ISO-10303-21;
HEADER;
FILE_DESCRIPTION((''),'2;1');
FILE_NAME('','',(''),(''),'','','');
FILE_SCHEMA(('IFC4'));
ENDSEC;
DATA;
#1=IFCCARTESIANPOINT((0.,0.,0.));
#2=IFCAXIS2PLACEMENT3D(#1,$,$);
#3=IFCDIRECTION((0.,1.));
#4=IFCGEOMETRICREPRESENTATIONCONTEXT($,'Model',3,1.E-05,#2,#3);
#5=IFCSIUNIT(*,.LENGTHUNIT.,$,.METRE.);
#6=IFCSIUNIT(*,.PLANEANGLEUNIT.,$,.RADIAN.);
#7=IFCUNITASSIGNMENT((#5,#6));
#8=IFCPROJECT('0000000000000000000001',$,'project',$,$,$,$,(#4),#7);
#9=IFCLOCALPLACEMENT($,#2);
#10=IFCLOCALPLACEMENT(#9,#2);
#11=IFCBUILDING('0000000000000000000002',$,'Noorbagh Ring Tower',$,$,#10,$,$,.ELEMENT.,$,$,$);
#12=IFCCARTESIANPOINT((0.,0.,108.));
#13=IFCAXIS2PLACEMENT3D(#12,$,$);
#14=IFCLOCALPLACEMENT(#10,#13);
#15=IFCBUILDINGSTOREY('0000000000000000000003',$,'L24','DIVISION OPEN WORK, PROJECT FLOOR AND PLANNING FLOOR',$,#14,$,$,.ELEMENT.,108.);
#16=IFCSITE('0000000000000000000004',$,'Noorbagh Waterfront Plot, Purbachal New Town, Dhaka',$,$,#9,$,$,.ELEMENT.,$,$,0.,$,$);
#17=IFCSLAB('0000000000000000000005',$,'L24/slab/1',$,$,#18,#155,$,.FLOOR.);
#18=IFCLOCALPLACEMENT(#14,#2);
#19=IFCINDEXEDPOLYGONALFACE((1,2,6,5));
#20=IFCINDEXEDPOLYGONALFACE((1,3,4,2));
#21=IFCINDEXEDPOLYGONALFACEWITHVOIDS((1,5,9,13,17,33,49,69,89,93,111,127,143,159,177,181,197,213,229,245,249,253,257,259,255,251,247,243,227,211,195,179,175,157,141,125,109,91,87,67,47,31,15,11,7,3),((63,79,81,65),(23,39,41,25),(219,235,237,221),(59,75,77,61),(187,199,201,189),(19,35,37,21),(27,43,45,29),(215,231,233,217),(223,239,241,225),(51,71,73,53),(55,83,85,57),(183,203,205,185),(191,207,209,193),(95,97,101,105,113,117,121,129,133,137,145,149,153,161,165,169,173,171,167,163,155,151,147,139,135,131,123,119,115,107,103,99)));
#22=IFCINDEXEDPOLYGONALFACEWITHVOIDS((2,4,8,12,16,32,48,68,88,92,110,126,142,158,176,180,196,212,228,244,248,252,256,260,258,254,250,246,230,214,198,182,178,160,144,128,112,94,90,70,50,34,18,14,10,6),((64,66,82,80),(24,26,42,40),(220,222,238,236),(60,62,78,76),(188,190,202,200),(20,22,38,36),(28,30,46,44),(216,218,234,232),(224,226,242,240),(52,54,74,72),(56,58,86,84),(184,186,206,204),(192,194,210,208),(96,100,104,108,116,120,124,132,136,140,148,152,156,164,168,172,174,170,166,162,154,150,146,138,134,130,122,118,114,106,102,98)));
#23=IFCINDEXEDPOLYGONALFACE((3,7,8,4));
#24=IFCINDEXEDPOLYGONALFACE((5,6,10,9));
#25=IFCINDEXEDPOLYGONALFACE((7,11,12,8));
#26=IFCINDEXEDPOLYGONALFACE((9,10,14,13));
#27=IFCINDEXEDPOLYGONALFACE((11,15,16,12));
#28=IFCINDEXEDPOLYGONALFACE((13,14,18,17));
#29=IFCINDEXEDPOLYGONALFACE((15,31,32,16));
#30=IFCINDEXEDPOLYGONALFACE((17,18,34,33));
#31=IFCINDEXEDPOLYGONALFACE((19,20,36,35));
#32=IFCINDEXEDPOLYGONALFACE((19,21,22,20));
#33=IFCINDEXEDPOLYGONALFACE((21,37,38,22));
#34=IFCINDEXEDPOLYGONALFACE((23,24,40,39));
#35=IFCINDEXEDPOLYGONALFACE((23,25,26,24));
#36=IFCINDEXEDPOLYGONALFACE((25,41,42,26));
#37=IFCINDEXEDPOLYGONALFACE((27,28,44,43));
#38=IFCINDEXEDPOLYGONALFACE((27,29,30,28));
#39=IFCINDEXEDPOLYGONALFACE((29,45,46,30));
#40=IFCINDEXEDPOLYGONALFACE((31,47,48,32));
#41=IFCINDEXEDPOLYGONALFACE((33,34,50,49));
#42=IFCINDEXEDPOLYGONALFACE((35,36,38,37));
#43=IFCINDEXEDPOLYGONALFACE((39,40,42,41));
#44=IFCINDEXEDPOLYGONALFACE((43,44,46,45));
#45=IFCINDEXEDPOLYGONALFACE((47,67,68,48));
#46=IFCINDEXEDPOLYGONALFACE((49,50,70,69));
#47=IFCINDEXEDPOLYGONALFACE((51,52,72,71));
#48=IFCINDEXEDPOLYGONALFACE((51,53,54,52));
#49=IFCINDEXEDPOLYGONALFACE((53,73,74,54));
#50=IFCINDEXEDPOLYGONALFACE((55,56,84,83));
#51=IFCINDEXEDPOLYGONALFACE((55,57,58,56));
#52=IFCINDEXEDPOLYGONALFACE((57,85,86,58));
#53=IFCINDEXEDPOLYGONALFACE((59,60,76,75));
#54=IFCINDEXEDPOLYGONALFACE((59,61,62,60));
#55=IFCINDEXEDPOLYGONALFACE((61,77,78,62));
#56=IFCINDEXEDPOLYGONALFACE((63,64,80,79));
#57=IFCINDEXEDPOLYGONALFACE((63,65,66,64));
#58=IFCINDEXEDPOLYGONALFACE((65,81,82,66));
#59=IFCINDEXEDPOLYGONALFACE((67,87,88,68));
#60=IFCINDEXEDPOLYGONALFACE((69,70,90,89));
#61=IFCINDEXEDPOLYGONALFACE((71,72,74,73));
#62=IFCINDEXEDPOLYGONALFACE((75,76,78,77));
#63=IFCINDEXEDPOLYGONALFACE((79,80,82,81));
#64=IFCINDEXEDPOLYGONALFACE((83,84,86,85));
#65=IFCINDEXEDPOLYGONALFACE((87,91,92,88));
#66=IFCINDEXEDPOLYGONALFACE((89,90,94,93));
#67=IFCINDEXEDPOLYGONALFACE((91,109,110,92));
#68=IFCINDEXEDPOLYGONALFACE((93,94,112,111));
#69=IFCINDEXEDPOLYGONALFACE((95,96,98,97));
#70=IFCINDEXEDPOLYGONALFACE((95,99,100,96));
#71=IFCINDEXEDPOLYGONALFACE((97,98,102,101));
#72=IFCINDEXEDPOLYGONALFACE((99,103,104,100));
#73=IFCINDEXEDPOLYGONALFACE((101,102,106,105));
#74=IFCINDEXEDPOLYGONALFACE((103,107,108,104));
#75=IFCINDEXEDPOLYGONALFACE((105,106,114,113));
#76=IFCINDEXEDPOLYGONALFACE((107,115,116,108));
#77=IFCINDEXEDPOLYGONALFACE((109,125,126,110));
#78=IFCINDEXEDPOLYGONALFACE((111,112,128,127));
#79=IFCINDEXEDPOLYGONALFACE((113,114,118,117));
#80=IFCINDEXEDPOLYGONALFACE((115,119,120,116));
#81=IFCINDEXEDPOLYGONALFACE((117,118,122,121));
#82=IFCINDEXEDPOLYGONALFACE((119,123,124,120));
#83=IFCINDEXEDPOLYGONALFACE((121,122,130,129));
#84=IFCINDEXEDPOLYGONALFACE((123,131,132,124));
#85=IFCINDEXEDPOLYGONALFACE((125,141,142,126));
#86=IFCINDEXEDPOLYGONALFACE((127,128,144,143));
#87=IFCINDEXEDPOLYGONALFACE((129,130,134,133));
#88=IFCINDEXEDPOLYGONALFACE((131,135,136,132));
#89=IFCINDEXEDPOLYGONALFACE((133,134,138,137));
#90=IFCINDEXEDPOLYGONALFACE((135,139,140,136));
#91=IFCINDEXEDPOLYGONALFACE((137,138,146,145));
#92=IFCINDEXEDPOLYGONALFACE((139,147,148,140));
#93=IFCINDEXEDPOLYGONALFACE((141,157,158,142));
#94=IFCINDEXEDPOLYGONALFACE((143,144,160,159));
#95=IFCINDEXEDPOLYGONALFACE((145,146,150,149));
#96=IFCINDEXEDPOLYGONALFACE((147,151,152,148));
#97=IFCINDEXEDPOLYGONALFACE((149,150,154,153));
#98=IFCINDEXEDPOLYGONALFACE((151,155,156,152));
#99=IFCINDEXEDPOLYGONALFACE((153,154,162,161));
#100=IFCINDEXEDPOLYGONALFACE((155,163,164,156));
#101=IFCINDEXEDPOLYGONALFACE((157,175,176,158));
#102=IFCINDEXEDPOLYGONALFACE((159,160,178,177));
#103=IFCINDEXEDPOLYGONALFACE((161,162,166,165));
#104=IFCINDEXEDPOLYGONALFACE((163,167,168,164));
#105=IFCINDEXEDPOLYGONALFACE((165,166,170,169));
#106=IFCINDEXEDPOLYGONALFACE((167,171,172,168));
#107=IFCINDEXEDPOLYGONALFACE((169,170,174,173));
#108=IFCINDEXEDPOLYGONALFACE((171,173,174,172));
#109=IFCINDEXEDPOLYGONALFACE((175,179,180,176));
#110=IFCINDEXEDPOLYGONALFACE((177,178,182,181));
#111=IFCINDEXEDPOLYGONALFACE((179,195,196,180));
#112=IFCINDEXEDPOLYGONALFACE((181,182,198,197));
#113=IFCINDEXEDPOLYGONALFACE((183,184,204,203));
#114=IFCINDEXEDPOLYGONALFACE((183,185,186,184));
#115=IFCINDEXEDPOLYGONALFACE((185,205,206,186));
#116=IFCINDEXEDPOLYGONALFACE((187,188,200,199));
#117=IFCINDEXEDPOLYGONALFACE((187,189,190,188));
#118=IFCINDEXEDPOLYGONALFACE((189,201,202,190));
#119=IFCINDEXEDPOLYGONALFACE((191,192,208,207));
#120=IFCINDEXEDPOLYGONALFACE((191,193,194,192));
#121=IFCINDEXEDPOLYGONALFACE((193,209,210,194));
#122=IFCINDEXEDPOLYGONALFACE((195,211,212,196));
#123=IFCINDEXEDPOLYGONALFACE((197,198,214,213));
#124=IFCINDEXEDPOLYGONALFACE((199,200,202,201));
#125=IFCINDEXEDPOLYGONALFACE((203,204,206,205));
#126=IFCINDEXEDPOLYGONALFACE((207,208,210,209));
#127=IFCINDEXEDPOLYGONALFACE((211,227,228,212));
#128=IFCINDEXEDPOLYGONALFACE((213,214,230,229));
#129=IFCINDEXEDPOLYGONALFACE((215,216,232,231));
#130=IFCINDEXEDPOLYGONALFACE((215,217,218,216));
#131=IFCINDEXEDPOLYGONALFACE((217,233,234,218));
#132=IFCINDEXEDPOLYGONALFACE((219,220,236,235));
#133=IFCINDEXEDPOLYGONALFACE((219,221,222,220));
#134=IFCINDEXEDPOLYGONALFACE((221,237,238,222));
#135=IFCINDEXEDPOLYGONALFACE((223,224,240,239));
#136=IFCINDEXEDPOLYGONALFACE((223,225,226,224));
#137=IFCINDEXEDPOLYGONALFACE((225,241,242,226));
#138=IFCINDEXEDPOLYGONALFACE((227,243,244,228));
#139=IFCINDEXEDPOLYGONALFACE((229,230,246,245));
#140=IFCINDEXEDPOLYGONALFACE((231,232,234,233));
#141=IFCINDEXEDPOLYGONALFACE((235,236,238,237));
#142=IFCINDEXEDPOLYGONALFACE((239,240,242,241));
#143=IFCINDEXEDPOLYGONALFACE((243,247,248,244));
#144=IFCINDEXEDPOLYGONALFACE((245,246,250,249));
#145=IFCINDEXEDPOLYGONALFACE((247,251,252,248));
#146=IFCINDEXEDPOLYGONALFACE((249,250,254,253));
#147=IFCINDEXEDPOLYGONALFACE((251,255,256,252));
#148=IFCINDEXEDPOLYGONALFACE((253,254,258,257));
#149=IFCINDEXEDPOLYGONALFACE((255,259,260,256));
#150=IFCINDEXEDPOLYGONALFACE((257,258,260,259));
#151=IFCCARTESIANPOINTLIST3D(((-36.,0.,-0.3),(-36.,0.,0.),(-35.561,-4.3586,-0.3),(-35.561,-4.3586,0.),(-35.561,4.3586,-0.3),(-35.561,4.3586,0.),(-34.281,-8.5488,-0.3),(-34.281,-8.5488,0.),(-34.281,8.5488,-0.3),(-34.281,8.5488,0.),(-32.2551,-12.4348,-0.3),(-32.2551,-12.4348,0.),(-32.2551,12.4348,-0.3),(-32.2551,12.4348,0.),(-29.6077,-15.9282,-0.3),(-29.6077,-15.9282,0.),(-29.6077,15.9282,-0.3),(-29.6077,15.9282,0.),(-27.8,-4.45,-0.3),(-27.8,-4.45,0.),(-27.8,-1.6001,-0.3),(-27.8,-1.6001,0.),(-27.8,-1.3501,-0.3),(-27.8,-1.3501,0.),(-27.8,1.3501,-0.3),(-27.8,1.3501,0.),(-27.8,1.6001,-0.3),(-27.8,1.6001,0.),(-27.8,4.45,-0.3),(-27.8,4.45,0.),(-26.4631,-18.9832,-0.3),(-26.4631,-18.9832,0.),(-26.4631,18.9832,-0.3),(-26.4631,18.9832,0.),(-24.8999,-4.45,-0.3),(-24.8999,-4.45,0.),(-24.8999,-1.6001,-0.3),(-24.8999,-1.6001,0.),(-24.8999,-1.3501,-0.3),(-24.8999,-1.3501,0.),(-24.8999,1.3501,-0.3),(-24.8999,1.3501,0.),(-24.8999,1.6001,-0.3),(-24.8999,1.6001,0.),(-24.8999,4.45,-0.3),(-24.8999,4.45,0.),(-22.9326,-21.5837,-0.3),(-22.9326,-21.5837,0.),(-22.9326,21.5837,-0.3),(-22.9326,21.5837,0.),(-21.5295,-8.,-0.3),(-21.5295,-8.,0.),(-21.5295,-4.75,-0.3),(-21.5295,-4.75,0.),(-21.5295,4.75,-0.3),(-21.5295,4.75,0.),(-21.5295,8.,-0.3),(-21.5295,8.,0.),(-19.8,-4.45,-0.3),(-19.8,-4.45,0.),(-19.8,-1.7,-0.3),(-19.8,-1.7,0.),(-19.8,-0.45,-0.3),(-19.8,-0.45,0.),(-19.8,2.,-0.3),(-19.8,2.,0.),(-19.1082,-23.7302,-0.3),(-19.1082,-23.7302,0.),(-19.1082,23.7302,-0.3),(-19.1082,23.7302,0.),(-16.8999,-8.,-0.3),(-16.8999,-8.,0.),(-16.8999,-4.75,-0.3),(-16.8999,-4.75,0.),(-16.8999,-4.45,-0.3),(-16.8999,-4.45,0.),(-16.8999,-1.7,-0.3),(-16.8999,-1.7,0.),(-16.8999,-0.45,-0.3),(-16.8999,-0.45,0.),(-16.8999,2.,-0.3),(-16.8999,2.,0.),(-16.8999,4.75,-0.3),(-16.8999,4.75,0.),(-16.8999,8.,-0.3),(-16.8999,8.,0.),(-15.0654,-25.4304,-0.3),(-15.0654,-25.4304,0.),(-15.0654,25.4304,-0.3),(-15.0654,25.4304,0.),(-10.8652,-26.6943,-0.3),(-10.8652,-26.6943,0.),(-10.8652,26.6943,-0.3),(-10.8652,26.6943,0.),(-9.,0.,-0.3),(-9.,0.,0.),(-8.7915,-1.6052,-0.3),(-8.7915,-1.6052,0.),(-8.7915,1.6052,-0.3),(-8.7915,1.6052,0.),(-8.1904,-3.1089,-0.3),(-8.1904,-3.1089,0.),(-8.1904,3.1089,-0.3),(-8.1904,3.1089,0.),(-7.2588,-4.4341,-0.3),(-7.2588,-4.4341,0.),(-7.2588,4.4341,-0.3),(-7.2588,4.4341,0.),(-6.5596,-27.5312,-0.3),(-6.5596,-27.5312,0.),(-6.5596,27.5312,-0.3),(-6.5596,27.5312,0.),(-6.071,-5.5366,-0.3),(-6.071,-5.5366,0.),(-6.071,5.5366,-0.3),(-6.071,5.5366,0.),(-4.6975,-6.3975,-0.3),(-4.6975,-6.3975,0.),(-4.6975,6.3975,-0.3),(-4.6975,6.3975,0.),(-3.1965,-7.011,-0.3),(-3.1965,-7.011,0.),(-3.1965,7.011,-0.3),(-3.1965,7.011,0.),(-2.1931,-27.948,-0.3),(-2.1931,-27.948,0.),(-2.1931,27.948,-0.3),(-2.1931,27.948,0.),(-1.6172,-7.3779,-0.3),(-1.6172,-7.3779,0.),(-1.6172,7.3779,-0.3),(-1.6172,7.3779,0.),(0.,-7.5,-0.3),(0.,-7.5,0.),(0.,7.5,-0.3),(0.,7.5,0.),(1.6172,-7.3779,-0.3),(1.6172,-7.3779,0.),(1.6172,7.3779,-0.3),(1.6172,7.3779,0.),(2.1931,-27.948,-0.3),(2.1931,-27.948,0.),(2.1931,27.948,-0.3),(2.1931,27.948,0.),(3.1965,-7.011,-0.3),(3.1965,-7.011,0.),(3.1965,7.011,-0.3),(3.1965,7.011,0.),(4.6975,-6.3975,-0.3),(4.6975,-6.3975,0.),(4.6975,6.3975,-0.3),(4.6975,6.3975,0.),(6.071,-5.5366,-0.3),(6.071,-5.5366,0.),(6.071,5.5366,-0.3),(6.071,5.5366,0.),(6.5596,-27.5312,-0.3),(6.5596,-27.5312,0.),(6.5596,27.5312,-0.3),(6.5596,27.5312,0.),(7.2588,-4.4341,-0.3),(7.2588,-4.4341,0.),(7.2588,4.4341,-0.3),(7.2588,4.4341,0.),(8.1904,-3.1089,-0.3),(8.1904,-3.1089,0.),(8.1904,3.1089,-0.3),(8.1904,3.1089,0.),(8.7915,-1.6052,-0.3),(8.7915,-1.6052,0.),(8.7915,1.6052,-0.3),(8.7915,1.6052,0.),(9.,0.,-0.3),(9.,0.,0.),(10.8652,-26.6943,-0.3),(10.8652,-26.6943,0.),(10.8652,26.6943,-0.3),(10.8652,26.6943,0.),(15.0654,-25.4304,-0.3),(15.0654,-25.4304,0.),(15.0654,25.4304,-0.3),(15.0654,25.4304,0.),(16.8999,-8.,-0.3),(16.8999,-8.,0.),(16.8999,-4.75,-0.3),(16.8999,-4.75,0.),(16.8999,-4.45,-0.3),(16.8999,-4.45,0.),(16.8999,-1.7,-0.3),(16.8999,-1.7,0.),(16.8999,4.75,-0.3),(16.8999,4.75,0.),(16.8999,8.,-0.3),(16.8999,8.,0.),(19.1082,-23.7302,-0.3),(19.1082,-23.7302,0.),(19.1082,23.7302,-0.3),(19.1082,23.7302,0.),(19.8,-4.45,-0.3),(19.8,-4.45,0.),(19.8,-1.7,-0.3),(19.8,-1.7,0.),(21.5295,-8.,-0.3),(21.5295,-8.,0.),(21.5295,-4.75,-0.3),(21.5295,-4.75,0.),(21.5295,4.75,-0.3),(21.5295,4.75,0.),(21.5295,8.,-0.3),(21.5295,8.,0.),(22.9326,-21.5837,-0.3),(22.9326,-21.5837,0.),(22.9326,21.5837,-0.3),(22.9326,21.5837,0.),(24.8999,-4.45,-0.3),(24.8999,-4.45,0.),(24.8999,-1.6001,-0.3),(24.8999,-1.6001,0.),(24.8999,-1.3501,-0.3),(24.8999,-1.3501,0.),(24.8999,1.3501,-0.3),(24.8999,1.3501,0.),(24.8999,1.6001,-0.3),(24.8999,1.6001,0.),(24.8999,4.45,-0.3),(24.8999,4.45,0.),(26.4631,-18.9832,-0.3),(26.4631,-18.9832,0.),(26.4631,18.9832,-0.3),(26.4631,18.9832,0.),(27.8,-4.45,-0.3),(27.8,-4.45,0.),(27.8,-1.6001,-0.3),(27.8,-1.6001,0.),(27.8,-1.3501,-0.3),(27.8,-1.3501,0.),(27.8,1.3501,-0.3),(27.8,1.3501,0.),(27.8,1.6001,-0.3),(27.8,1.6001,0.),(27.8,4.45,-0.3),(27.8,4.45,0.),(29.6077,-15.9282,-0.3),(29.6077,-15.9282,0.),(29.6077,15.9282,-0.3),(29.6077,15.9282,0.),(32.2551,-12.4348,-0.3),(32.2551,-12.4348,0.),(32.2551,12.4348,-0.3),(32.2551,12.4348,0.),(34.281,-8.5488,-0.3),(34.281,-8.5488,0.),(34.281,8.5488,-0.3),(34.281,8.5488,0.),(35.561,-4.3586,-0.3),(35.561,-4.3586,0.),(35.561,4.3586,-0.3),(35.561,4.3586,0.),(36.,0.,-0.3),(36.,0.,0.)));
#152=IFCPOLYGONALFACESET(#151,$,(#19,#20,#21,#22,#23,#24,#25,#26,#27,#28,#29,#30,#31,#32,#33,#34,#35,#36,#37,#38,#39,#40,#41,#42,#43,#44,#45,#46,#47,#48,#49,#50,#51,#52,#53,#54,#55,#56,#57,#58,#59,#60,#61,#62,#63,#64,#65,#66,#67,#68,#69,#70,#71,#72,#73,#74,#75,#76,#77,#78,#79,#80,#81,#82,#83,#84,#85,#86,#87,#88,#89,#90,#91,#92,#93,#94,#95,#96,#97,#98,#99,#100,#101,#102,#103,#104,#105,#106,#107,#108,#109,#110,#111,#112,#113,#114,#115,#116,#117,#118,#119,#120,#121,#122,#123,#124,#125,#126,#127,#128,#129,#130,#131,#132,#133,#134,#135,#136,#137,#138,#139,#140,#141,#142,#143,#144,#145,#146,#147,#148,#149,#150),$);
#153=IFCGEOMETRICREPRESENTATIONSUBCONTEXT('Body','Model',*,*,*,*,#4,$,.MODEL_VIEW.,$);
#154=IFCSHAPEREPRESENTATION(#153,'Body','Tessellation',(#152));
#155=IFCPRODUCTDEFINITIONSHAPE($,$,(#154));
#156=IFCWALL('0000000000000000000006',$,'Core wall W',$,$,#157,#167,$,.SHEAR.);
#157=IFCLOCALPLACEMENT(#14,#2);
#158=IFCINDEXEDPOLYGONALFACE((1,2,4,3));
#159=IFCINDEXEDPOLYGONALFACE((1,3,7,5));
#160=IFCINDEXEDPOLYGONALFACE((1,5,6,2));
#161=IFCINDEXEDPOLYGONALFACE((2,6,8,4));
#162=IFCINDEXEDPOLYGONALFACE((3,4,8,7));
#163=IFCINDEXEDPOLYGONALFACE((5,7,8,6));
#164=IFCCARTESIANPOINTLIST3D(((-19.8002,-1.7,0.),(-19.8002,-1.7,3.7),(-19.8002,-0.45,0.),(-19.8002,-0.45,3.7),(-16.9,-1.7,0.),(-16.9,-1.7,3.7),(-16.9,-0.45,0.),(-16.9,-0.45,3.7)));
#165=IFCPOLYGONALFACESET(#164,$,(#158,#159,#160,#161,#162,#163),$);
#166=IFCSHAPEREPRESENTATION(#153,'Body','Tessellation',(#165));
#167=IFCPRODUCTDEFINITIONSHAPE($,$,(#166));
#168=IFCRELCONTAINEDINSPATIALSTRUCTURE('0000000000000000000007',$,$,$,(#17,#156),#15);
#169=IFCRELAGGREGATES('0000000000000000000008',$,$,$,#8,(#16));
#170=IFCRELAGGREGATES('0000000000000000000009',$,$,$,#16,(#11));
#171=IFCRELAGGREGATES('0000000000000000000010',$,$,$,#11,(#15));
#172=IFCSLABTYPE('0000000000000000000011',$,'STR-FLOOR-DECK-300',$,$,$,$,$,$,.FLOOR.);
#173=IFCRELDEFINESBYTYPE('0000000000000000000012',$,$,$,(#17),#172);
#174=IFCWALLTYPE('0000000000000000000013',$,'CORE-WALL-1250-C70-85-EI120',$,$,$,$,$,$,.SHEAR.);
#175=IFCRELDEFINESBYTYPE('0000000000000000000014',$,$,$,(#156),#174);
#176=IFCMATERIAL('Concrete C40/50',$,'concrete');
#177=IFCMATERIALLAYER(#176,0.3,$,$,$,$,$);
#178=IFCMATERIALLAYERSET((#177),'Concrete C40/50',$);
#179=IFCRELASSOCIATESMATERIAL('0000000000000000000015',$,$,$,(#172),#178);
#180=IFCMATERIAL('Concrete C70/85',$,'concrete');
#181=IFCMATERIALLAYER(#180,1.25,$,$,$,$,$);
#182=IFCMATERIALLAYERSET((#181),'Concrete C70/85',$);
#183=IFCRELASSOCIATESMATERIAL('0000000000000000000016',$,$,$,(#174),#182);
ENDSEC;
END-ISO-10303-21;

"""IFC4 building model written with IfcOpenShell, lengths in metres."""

from ifc_helpers import new_model, si_unit, direction, frame, frame_2d, origin, place, context, subcontext, project, spatial, polyline, rectangle, outline, extrude, material, layer, layer_set, type_object, element, save


model = new_model("IFC4")

# Units and contexts
model_context = context("Model", 3, precision=1e-05, world=origin(), true_north=direction((0.0, 1.0)))
body_context = subcontext(model_context, "Body", "Model", "MODEL_VIEW")
ifc_project = project(units=[si_unit("LENGTHUNIT", "METRE"), si_unit("PLANEANGLEUNIT", "RADIAN")], contexts=[model_context])

# Site, building, storey
site_placement = place(None, origin())
site = spatial("IfcSite", under=ifc_project, at=site_placement, Name="Noorbagh Waterfront Plot, Purbachal New Town, Dhaka", CompositionType="ELEMENT", RefElevation=0.0)
building_placement = place(site_placement, origin())
building = spatial("IfcBuilding", under=site, at=building_placement, Name="Noorbagh Ring Tower", CompositionType="ELEMENT")
storey_placement = place(building_placement, frame((0.0, 0.0, 108.0)))
storey = spatial("IfcBuildingStorey", under=building, at=storey_placement, Name="L24", Description="DIVISION OPEN WORK, PROJECT FLOOR AND PLANNING FLOOR", CompositionType="ELEMENT", Elevation=108.0)

# Slab
ifc_material_1 = material(Name="Concrete C40/50", Category="concrete")
ifc_layer_1 = layer(ifc_material_1, 0.3)
ifc_layer_set_1 = layer_set([ifc_layer_1], Name="Concrete C40/50")
slab_type_1 = type_object("IfcSlabType", Name="STR-FLOOR-DECK-300", PredefinedType="FLOOR", material=ifc_layer_set_1)
slab_1_placement = place(storey_placement, frame((0.0, 0.0, -0.3)))
element("IfcSlab", 1, at=slab_1_placement, inside=storey, type_object=slab_type_1, Name="L24/slab/1", PredefinedType="FLOOR", context=body_context, shape_type="SweptSolid", body=[
    extrude(outline(polyline([(36.0, 0.0), (35.561, 4.3586), (34.281, 8.5488), (32.2551, 12.4348), (29.6077, 15.9282), (26.4631, 18.9832), (22.9326, 21.5837), (19.1082, 23.7302), (15.0654, 25.4304), (10.8652, 26.6943), (6.5596, 27.5312), (2.1931, 27.948), (-2.1931, 27.948), (-6.5596, 27.5312), (-10.8652, 26.6943), (-15.0654, 25.4304), (-19.1082, 23.7302), (-22.9326, 21.5837), (-26.4631, 18.9832), (-29.6077, 15.9282), (-32.2551, 12.4348), (-34.281, 8.5488), (-35.561, 4.3586), (-36.0, 0.0), (-35.561, -4.3586), (-34.281, -8.5488), (-32.2551, -12.4348), (-29.6077, -15.9282), (-26.4631, -18.9832), (-22.9326, -21.5837), (-19.1082, -23.7302), (-15.0654, -25.4304), (-10.8652, -26.6943), (-6.5596, -27.5312), (-2.1931, -27.948), (2.1931, -27.948), (6.5596, -27.5312), (10.8652, -26.6943), (15.0654, -25.4304), (19.1082, -23.7302), (22.9326, -21.5837), (26.4631, -18.9832), (29.6077, -15.9282), (32.2551, -12.4348), (34.281, -8.5488), (35.561, -4.3586), (36.0, 0.0)]), holes=[polyline([(24.8999, -1.6001), (27.8, -1.6001), (27.8, -4.45), (24.8999, -4.45), (24.8999, -1.6001)]), polyline([(24.8999, 1.3501), (27.8, 1.3501), (27.8, -1.3501), (24.8999, -1.3501), (24.8999, 1.3501)]), polyline([(24.8999, 4.45), (27.8, 4.45), (27.8, 1.6001), (24.8999, 1.6001), (24.8999, 4.45)]), polyline([(21.5295, -4.75), (21.5295, -8.0), (16.8999, -8.0), (16.8999, -4.75), (21.5295, -4.75)]), polyline([(21.5295, 4.75), (16.8999, 4.75), (16.8999, 8.0), (21.5295, 8.0), (21.5295, 4.75)]), polyline([(16.8999, -1.7), (19.8, -1.7), (19.8, -4.45), (16.8999, -4.45), (16.8999, -1.7)]), polyline([(4.6975, -6.3975), (3.1965, -7.011), (1.6172, -7.3779), (0.0, -7.5), (-1.6172, -7.3779), (-3.1965, -7.011), (-4.6975, -6.3975), (-6.071, -5.5366), (-7.2588, -4.4341), (-8.1904, -3.1089), (-8.7915, -1.6052), (-9.0, 0.0), (-8.7915, 1.6052), (-8.1904, 3.1089), (-7.2588, 4.4341), (-6.071, 5.5366), (-4.6975, 6.3975), (-3.1965, 7.011), (-1.6172, 7.3779), (0.0, 7.5), (1.6172, 7.3779), (3.1965, 7.011), (4.6975, 6.3975), (6.071, 5.5366), (7.2588, 4.4341), (8.1904, 3.1089), (8.7915, 1.6052), (9.0, 0.0), (8.7915, -1.6052), (8.1904, -3.1089), (7.2588, -4.4341), (6.071, -5.5366), (4.6975, -6.3975)]), polyline([(-21.5295, -8.0), (-21.5295, -4.75), (-16.8999, -4.75), (-16.8999, -8.0), (-21.5295, -8.0)]), polyline([(-21.5295, 8.0), (-16.8999, 8.0), (-16.8999, 4.75), (-21.5295, 4.75), (-21.5295, 8.0)]), polyline([(-16.8999, -4.45), (-19.8, -4.45), (-19.8, -1.7), (-16.8999, -1.7), (-16.8999, -4.45)]), polyline([(-16.8999, -0.45), (-19.8, -0.45), (-19.8, 2.0), (-16.8999, 2.0), (-16.8999, -0.45)]), polyline([(-24.8999, -4.45), (-27.8, -4.45), (-27.8, -1.6001), (-24.8999, -1.6001), (-24.8999, -4.45)]), polyline([(-24.8999, -1.3501), (-27.8, -1.3501), (-27.8, 1.3501), (-24.8999, 1.3501), (-24.8999, -1.3501)]), polyline([(-24.8999, 1.6001), (-27.8, 1.6001), (-27.8, 4.45), (-24.8999, 4.45), (-24.8999, 1.6001)])]), origin(), (0.0, 0.0, 1.0), 0.3),
])

# Wall
ifc_material_2 = material(Name="Concrete C70/85", Category="concrete")
ifc_layer_2 = layer(ifc_material_2, 1.25)
ifc_layer_set_2 = layer_set([ifc_layer_2], Name="Concrete C70/85")
wall_type_1 = type_object("IfcWallType", Name="CORE-WALL-1250-C70-85-EI120", PredefinedType="SHEAR", material=ifc_layer_set_2)
wall_1_placement = place(storey_placement, frame((-16.8999, -1.075, 0.0), z_axis=(0.0, 0.0, 1.0), x_axis=(-1.0, 0.0, 0.0)))
element("IfcWall", 2, at=wall_1_placement, inside=storey, type_object=wall_type_1, Name="Core wall W", PredefinedType="SHEAR", context=body_context, shape_type="SweptSolid", body=[
    extrude(rectangle(XDim=2.9001, YDim=1.25, at=frame_2d((1.4502, 0.0))), origin(), (0.0, 0.0, 1.0), 3.7),
])

save(model, "model.ifc")
